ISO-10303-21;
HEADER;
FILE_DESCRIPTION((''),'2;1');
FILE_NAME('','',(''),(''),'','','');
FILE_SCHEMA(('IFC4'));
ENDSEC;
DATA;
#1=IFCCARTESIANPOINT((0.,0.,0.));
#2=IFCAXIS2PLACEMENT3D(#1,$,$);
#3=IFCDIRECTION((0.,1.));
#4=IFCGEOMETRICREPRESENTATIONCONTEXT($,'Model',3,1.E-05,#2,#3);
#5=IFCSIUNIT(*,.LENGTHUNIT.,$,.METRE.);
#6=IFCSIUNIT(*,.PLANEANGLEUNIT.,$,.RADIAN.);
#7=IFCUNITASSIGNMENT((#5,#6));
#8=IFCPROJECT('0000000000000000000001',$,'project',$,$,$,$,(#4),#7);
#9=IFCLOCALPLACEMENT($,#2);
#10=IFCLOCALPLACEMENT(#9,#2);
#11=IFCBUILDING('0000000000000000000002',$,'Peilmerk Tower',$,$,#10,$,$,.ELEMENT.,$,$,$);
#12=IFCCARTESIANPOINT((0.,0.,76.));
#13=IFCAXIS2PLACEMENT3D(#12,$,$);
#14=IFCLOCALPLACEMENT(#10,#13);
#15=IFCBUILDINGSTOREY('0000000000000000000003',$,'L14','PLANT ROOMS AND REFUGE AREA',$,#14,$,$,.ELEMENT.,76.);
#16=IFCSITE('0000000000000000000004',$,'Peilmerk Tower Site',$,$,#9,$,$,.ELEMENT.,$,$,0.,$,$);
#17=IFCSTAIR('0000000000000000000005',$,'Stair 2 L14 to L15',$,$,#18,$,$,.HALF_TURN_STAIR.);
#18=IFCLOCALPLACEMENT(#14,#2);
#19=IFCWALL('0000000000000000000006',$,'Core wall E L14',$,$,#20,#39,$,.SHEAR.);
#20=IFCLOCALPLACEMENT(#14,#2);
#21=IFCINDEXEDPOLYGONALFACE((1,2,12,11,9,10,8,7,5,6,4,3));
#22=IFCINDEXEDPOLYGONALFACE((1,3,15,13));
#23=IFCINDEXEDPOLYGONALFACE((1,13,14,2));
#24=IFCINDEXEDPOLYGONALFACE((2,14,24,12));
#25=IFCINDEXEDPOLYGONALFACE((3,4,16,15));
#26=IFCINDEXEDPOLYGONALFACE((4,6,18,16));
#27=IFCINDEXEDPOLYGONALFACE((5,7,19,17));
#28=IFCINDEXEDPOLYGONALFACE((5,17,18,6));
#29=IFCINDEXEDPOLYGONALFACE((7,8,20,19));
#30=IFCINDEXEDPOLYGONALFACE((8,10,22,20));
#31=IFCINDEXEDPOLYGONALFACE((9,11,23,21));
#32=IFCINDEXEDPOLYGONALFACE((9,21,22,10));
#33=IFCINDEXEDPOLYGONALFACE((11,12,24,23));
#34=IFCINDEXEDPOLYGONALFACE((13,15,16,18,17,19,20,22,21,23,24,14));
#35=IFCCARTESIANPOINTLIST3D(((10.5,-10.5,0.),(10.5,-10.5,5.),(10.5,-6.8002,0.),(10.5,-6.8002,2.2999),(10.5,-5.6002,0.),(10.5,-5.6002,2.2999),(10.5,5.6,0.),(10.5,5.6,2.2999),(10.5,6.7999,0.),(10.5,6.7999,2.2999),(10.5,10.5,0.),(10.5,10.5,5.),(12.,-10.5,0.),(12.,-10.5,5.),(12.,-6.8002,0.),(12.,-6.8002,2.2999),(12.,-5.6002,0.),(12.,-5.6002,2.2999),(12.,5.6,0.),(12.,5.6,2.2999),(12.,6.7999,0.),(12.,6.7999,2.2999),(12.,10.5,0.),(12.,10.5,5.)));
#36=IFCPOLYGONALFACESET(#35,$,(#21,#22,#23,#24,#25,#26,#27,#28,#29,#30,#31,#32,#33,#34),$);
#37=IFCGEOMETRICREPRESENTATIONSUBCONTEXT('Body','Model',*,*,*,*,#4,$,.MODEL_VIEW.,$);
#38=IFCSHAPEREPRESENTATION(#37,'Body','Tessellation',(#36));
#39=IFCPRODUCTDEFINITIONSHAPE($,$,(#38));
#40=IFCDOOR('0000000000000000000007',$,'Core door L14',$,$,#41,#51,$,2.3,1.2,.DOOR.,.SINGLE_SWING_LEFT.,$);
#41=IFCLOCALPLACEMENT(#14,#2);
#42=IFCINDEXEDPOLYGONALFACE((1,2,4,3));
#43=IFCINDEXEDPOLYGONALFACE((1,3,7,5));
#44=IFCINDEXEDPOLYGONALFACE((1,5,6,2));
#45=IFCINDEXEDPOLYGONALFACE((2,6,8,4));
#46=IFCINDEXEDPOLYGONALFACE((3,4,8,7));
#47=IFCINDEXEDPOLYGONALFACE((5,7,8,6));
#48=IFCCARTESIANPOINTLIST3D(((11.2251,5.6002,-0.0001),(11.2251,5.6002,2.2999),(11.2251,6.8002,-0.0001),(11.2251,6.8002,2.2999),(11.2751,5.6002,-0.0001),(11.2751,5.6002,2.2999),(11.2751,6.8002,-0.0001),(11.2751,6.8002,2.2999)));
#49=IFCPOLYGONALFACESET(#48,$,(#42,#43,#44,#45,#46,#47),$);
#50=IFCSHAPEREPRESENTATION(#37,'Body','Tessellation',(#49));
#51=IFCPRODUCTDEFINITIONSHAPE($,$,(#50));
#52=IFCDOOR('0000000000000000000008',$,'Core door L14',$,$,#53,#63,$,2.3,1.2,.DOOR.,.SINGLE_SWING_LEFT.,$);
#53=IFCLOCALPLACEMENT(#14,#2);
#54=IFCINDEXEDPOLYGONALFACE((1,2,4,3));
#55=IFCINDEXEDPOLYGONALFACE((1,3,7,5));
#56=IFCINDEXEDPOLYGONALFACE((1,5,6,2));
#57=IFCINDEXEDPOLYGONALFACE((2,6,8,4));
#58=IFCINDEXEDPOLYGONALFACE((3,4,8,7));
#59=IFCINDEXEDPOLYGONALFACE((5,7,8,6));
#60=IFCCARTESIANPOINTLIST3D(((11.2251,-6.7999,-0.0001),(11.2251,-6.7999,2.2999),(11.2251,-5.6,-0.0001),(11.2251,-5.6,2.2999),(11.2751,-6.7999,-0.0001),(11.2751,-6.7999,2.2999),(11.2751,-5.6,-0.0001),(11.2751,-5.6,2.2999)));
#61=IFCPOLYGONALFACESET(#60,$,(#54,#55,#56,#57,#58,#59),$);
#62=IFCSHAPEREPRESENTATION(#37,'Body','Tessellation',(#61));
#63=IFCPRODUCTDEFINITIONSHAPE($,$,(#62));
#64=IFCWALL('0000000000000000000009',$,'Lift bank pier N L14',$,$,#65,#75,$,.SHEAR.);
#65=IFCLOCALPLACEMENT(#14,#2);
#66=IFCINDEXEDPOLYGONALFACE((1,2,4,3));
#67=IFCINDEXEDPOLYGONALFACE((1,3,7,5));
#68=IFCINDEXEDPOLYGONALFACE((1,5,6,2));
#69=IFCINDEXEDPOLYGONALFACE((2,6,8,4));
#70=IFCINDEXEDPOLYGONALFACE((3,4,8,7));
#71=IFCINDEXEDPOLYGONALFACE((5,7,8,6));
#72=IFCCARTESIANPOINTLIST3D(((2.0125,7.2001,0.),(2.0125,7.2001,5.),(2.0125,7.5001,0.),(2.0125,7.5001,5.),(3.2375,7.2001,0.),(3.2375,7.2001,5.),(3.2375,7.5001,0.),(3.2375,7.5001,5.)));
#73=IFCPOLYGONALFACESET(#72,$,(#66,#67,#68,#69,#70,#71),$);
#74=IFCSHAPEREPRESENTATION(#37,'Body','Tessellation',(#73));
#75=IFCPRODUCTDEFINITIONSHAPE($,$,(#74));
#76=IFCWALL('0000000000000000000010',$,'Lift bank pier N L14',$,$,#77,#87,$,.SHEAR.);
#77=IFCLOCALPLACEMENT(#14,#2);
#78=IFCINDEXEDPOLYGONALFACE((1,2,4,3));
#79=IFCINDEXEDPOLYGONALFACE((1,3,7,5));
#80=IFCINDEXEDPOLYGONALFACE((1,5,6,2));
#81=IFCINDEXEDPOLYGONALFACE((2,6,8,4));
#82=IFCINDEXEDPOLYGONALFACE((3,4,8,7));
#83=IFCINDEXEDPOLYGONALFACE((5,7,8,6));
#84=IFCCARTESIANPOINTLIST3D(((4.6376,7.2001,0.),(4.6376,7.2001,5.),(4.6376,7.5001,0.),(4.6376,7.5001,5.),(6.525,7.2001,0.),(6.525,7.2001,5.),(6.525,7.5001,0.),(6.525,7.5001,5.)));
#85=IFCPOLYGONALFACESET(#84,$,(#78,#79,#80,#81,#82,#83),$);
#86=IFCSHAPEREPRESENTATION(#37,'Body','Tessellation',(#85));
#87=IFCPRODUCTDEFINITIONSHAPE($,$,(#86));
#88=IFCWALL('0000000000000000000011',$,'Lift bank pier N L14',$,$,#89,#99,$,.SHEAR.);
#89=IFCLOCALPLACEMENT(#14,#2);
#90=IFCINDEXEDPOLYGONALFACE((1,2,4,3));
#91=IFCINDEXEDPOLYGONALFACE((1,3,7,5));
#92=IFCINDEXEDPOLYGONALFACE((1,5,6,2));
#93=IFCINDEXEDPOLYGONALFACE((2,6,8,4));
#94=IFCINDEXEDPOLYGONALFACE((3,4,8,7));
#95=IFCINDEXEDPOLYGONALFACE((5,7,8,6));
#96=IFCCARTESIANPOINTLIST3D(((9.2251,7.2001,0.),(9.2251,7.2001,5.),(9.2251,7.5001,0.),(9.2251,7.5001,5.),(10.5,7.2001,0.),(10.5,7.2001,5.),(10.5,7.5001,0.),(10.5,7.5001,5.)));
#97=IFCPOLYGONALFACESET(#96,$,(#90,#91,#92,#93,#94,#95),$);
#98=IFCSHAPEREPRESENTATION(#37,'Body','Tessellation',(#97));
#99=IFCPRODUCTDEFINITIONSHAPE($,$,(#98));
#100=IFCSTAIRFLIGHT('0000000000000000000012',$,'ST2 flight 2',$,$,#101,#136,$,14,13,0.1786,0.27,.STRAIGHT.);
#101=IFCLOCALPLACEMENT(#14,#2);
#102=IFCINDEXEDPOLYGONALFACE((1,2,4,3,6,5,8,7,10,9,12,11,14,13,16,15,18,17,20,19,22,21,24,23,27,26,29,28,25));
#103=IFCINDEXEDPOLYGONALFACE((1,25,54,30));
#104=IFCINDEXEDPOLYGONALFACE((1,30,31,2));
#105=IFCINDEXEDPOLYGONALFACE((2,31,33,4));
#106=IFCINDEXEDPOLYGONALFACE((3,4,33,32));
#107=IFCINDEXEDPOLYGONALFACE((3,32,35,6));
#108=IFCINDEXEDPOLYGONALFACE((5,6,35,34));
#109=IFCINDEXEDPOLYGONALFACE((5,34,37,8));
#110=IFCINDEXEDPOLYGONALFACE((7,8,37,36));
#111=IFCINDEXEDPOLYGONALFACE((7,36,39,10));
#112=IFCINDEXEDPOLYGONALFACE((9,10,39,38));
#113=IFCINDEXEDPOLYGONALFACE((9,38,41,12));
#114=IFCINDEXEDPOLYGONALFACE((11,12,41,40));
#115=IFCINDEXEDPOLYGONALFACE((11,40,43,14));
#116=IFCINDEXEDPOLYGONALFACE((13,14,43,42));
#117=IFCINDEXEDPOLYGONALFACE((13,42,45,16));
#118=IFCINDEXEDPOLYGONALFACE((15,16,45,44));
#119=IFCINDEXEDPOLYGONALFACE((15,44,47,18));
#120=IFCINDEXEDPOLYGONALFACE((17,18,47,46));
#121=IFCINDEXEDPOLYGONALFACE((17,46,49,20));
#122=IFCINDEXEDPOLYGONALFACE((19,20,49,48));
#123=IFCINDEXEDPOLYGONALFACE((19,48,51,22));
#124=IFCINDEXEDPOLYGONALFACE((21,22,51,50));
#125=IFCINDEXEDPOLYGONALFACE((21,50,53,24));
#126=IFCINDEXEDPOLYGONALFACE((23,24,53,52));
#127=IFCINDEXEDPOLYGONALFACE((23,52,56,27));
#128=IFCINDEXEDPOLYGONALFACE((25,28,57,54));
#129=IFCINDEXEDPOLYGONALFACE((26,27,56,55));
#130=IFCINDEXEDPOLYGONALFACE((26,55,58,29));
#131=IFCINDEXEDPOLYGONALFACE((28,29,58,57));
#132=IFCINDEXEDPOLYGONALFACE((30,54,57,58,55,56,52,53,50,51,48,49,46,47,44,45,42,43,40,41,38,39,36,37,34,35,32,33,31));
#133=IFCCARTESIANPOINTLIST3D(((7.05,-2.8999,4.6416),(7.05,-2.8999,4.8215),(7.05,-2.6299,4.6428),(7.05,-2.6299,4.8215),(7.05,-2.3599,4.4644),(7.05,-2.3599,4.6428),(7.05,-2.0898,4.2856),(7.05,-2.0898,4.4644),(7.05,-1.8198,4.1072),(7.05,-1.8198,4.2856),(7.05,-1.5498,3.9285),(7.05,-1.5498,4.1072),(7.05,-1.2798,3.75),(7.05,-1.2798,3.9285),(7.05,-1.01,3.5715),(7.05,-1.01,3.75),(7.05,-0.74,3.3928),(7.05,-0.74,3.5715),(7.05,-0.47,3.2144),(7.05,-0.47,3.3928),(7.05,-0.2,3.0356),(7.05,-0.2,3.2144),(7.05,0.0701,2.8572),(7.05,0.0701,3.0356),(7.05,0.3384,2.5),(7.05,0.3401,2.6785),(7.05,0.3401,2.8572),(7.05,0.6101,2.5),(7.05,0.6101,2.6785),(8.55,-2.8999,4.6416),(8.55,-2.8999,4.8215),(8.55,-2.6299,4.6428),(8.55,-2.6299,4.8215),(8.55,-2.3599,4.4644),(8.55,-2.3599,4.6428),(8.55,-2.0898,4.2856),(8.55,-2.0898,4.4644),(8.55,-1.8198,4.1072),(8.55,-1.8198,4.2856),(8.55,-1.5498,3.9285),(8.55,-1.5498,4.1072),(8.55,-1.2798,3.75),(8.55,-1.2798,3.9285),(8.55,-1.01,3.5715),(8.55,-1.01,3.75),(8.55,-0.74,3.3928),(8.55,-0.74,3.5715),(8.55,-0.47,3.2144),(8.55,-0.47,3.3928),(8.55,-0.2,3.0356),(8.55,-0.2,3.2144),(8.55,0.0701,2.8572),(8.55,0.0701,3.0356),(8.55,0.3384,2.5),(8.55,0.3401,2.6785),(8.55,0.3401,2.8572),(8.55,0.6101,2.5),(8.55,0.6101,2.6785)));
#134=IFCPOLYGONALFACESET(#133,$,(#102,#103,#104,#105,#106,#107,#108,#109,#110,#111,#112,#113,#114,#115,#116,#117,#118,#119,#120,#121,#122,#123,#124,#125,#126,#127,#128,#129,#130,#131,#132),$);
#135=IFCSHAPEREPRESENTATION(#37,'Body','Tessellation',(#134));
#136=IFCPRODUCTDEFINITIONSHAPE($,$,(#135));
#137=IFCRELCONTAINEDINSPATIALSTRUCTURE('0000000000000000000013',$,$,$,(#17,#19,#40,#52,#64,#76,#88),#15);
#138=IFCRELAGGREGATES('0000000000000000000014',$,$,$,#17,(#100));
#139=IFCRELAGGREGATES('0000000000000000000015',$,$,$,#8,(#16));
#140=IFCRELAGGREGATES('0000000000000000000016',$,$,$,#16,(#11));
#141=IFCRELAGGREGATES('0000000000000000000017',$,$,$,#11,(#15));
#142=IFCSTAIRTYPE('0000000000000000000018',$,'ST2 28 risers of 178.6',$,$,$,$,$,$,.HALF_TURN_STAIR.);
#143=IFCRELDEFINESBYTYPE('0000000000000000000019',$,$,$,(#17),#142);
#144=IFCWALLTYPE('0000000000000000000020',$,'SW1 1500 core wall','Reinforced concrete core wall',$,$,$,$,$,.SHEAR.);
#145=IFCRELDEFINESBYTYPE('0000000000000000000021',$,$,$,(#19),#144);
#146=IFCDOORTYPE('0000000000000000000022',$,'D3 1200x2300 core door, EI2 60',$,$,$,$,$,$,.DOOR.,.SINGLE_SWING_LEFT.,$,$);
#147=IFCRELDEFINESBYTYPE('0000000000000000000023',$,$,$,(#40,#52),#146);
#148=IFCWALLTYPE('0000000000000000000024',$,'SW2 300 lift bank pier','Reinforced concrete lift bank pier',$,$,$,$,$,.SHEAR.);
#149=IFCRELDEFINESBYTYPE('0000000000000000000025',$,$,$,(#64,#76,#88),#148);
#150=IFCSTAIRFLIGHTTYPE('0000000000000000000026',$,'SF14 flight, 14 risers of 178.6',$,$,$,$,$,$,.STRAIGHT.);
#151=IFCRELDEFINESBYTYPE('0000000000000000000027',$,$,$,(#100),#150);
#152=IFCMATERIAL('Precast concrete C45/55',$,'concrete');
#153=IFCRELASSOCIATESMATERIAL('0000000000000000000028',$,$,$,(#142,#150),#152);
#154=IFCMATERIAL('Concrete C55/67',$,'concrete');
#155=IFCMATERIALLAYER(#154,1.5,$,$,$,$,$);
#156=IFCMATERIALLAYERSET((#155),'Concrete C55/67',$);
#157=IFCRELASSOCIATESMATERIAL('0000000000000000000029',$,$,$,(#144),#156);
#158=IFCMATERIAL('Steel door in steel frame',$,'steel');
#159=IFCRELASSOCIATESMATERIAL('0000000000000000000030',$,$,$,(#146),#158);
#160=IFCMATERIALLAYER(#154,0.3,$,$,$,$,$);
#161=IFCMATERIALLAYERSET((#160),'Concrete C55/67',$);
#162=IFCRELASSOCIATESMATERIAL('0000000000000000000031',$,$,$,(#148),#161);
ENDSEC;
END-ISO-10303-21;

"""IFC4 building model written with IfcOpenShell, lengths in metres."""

from ifc_helpers import new_model, si_unit, direction, frame, frame_2d, origin, place, context, subcontext, project, spatial, polyline, rectangle, outline, extrude, material, layer, layer_set, type_object, element, fill, aggregate, save


model = new_model("IFC4")

# Units and contexts
model_context = context("Model", 3, precision=1e-05, world=origin(), true_north=direction((0.0, 1.0)))
body_context = subcontext(model_context, "Body", "Model", "MODEL_VIEW")
ifc_project = project(units=[si_unit("LENGTHUNIT", "METRE"), si_unit("PLANEANGLEUNIT", "RADIAN")], contexts=[model_context])

# Site, building, storey
site_placement = place(None, origin())
site = spatial("IfcSite", under=ifc_project, at=site_placement, Name="Peilmerk Tower Site", CompositionType="ELEMENT", RefElevation=0.0)
building_placement = place(site_placement, origin())
building = spatial("IfcBuilding", under=site, at=building_placement, Name="Peilmerk Tower", CompositionType="ELEMENT")
storey_placement = place(building_placement, frame((0.0, 0.0, 76.0)))
storey = spatial("IfcBuildingStorey", under=building, at=storey_placement, Name="L14", Description="PLANT ROOMS AND REFUGE AREA", CompositionType="ELEMENT", Elevation=76.0)

# Stair
ifc_material_1 = material(Name="Precast concrete C45/55", Category="concrete")
stair_type_1 = type_object("IfcStairType", Name="ST2 28 risers of 178.6", PredefinedType="HALF_TURN_STAIR", material=ifc_material_1)
stair_1_placement = place(storey_placement, origin())
stair_1 = element("IfcStair", 1, at=stair_1_placement, inside=storey, type_object=stair_type_1, Name="Stair 2 L14 to L15", PredefinedType="HALF_TURN_STAIR")

# Shared definitions
ifc_material_2 = material(Name="Steel door in steel frame", Category="steel")

# Wall, openings, doors
ifc_material_3 = material(Name="Concrete C55/67", Category="concrete")
ifc_layer_1 = layer(ifc_material_3, 1.5)
ifc_layer_set_1 = layer_set([ifc_layer_1], Name="Concrete C55/67")
wall_type_1 = type_object("IfcWallType", Name="SW1 1500 core wall", Description="Reinforced concrete core wall", PredefinedType="SHEAR", material=ifc_layer_set_1)
wall_1_placement = place(storey_placement, frame((11.25, 10.5, 0.0), z_axis=(0.0, 0.0, 1.0), x_axis=(0.0, -1.0, 0.0)))
wall_1 = element("IfcWall", 2, at=wall_1_placement, inside=storey, type_object=wall_type_1, Name="Core wall E L14", PredefinedType="SHEAR", context=body_context, shape_type="SweptSolid", body=[
    extrude(rectangle(XDim=21.0, YDim=1.5, at=frame_2d((10.5, 0.0))), origin(), (0.0, 0.0, 1.0), 5.0),
])
opening_1_placement = place(wall_1_placement, frame((3.7, 0.0, 0.0)))
opening_1 = element("IfcOpeningElement", 3, at=opening_1_placement, cuts=wall_1, PredefinedType="OPENING", context=body_context, shape_type="SweptSolid", body=[
    extrude(rectangle(XDim=1.2, YDim=2.3, at=frame_2d((0.6001, 1.1499))), frame((0.0, 0.76, 0.0), z_axis=(0.0, -1.0, 0.0), x_axis=(1.0, 0.0, 0.0)), (0.0, 0.0, 1.0), 1.52),
])
opening_2_placement = place(wall_1_placement, frame((16.1001, 0.0, 0.0)))
opening_2 = element("IfcOpeningElement", 4, at=opening_2_placement, cuts=wall_1, PredefinedType="OPENING", context=body_context, shape_type="SweptSolid", body=[
    extrude(rectangle(XDim=1.2, YDim=2.3, at=frame_2d((0.6001, 1.1499))), frame((0.0, 0.76, 0.0), z_axis=(0.0, -1.0, 0.0), x_axis=(1.0, 0.0, 0.0)), (0.0, 0.0, 1.0), 1.52),
])
door_type_1 = type_object("IfcDoorType", Name="D3 1200x2300 core door, EI2 60", OperationType="SINGLE_SWING_LEFT", PredefinedType="DOOR", material=ifc_material_2)
door_1_placement = place(opening_1_placement, frame((1.2, 0.0, 0.0), z_axis=(0.0, 0.0, 1.0), x_axis=(-1.0, 0.0, 0.0)))
door_1 = element("IfcDoor", 5, at=door_1_placement, inside=storey, type_object=door_type_1, Name="Core door L14", OperationType="SINGLE_SWING_LEFT", OverallHeight=2.3, OverallWidth=1.2, PredefinedType="DOOR", context=body_context, shape_type="SweptSolid", body=[
    extrude(rectangle(XDim=1.2, YDim=2.3, at=frame_2d((0.6001, 1.1499))), frame((0.0, 0.0249, 0.0), z_axis=(0.0, -1.0, 0.0), x_axis=(1.0, 0.0, 0.0)), (0.0, 0.0, 1.0), 0.05),
])
fill(opening_1, door_1)
door_2_placement = place(opening_2_placement, frame((1.2, 0.0, 0.0), z_axis=(0.0, 0.0, 1.0), x_axis=(-1.0, 0.0, 0.0)))
door_2 = element("IfcDoor", 6, at=door_2_placement, inside=storey, type_object=door_type_1, Name="Core door L14", OperationType="SINGLE_SWING_LEFT", OverallHeight=2.3, OverallWidth=1.2, PredefinedType="DOOR", context=body_context, shape_type="SweptSolid", body=[
    extrude(rectangle(XDim=1.2, YDim=2.3, at=frame_2d((0.6001, 1.1499))), frame((0.0, 0.0249, 0.0), z_axis=(0.0, -1.0, 0.0), x_axis=(1.0, 0.0, 0.0)), (0.0, 0.0, 1.0), 0.05),
])
fill(opening_2, door_2)

# Walls
ifc_layer_2 = layer(ifc_material_3, 0.3)
ifc_layer_set_2 = layer_set([ifc_layer_2], Name="Concrete C55/67")
wall_type_2 = type_object("IfcWallType", Name="SW2 300 lift bank pier", Description="Reinforced concrete lift bank pier", PredefinedType="SHEAR", material=ifc_layer_set_2)
wall_2_placement = place(storey_placement, frame((2.0125, 7.3501, 0.0), z_axis=(0.0, 0.0, 1.0), x_axis=(1.0, 0.0, 0.0)))
element("IfcWall", 7, at=wall_2_placement, inside=storey, type_object=wall_type_2, Name="Lift bank pier N L14", PredefinedType="SHEAR", context=body_context, shape_type="SweptSolid", body=[
    extrude(rectangle(XDim=1.2251, YDim=0.3, at=frame_2d((0.6125, 0.0))), origin(), (0.0, 0.0, 1.0), 5.0),
])
wall_3_placement = place(storey_placement, frame((4.6375, 7.3501, 0.0), z_axis=(0.0, 0.0, 1.0), x_axis=(1.0, 0.0, 0.0)))
element("IfcWall", 8, at=wall_3_placement, inside=storey, type_object=wall_type_2, Name="Lift bank pier N L14", PredefinedType="SHEAR", context=body_context, shape_type="SweptSolid", body=[
    extrude(rectangle(XDim=1.8875, YDim=0.3, at=frame_2d((0.9438, 0.0))), origin(), (0.0, 0.0, 1.0), 5.0),
])
wall_4_placement = place(storey_placement, frame((9.2251, 7.3501, 0.0), z_axis=(0.0, 0.0, 1.0), x_axis=(1.0, 0.0, 0.0)))
element("IfcWall", 9, at=wall_4_placement, inside=storey, type_object=wall_type_2, Name="Lift bank pier N L14", PredefinedType="SHEAR", context=body_context, shape_type="SweptSolid", body=[
    extrude(rectangle(XDim=1.2749, YDim=0.3, at=frame_2d((0.6375, 0.0))), origin(), (0.0, 0.0, 1.0), 5.0),
])

# Stair flight
stair_flight_type = type_object("IfcStairFlightType", Name="SF14 flight, 14 risers of 178.6", PredefinedType="STRAIGHT", material=ifc_material_1)
stair_flight_placement = place(storey_placement, frame((7.8, 0.6101, 2.5), z_axis=(0.0, 0.0, 1.0), x_axis=(0.0, -1.0, 0.0)))
stair_flight = element("IfcStairFlight", 10, at=stair_flight_placement, type_object=stair_flight_type, Name="ST2 flight 2", NumberOfRisers=14, NumberOfTreads=13, PredefinedType="STRAIGHT", RiserHeight=0.1786, TreadLength=0.27, context=body_context, shape_type="SweptSolid", body=[
    extrude(outline(polyline([(0.0, 0.0), (0.0, 0.1785), (0.27, 0.1785), (0.27, 0.3572), (0.54, 0.3572), (0.54, 0.5356), (0.8101, 0.5356), (0.8101, 0.7144), (1.0801, 0.7144), (1.0801, 0.8928), (1.3501, 0.8928), (1.3501, 1.0715), (1.6201, 1.0715), (1.6201, 1.25), (1.8899, 1.25), (1.8899, 1.4285), (2.1599, 1.4285), (2.1599, 1.6072), (2.4299, 1.6072), (2.4299, 1.7856), (2.7, 1.7856), (2.7, 1.9644), (2.97, 1.9644), (2.97, 2.1428), (3.24, 2.1428), (3.24, 2.3215), (3.51, 2.3215), (3.51, 2.5), (3.51, 2.1416), (0.2717, 0.0), (0.0, 0.0)])), frame((0.0, 0.75, 0.0), z_axis=(0.0, -1.0, 0.0), x_axis=(1.0, 0.0, 0.0)), (0.0, 0.0, 1.0), 1.5),
])
aggregate(stair_1, [stair_flight])

save(model, "model.ifc")
